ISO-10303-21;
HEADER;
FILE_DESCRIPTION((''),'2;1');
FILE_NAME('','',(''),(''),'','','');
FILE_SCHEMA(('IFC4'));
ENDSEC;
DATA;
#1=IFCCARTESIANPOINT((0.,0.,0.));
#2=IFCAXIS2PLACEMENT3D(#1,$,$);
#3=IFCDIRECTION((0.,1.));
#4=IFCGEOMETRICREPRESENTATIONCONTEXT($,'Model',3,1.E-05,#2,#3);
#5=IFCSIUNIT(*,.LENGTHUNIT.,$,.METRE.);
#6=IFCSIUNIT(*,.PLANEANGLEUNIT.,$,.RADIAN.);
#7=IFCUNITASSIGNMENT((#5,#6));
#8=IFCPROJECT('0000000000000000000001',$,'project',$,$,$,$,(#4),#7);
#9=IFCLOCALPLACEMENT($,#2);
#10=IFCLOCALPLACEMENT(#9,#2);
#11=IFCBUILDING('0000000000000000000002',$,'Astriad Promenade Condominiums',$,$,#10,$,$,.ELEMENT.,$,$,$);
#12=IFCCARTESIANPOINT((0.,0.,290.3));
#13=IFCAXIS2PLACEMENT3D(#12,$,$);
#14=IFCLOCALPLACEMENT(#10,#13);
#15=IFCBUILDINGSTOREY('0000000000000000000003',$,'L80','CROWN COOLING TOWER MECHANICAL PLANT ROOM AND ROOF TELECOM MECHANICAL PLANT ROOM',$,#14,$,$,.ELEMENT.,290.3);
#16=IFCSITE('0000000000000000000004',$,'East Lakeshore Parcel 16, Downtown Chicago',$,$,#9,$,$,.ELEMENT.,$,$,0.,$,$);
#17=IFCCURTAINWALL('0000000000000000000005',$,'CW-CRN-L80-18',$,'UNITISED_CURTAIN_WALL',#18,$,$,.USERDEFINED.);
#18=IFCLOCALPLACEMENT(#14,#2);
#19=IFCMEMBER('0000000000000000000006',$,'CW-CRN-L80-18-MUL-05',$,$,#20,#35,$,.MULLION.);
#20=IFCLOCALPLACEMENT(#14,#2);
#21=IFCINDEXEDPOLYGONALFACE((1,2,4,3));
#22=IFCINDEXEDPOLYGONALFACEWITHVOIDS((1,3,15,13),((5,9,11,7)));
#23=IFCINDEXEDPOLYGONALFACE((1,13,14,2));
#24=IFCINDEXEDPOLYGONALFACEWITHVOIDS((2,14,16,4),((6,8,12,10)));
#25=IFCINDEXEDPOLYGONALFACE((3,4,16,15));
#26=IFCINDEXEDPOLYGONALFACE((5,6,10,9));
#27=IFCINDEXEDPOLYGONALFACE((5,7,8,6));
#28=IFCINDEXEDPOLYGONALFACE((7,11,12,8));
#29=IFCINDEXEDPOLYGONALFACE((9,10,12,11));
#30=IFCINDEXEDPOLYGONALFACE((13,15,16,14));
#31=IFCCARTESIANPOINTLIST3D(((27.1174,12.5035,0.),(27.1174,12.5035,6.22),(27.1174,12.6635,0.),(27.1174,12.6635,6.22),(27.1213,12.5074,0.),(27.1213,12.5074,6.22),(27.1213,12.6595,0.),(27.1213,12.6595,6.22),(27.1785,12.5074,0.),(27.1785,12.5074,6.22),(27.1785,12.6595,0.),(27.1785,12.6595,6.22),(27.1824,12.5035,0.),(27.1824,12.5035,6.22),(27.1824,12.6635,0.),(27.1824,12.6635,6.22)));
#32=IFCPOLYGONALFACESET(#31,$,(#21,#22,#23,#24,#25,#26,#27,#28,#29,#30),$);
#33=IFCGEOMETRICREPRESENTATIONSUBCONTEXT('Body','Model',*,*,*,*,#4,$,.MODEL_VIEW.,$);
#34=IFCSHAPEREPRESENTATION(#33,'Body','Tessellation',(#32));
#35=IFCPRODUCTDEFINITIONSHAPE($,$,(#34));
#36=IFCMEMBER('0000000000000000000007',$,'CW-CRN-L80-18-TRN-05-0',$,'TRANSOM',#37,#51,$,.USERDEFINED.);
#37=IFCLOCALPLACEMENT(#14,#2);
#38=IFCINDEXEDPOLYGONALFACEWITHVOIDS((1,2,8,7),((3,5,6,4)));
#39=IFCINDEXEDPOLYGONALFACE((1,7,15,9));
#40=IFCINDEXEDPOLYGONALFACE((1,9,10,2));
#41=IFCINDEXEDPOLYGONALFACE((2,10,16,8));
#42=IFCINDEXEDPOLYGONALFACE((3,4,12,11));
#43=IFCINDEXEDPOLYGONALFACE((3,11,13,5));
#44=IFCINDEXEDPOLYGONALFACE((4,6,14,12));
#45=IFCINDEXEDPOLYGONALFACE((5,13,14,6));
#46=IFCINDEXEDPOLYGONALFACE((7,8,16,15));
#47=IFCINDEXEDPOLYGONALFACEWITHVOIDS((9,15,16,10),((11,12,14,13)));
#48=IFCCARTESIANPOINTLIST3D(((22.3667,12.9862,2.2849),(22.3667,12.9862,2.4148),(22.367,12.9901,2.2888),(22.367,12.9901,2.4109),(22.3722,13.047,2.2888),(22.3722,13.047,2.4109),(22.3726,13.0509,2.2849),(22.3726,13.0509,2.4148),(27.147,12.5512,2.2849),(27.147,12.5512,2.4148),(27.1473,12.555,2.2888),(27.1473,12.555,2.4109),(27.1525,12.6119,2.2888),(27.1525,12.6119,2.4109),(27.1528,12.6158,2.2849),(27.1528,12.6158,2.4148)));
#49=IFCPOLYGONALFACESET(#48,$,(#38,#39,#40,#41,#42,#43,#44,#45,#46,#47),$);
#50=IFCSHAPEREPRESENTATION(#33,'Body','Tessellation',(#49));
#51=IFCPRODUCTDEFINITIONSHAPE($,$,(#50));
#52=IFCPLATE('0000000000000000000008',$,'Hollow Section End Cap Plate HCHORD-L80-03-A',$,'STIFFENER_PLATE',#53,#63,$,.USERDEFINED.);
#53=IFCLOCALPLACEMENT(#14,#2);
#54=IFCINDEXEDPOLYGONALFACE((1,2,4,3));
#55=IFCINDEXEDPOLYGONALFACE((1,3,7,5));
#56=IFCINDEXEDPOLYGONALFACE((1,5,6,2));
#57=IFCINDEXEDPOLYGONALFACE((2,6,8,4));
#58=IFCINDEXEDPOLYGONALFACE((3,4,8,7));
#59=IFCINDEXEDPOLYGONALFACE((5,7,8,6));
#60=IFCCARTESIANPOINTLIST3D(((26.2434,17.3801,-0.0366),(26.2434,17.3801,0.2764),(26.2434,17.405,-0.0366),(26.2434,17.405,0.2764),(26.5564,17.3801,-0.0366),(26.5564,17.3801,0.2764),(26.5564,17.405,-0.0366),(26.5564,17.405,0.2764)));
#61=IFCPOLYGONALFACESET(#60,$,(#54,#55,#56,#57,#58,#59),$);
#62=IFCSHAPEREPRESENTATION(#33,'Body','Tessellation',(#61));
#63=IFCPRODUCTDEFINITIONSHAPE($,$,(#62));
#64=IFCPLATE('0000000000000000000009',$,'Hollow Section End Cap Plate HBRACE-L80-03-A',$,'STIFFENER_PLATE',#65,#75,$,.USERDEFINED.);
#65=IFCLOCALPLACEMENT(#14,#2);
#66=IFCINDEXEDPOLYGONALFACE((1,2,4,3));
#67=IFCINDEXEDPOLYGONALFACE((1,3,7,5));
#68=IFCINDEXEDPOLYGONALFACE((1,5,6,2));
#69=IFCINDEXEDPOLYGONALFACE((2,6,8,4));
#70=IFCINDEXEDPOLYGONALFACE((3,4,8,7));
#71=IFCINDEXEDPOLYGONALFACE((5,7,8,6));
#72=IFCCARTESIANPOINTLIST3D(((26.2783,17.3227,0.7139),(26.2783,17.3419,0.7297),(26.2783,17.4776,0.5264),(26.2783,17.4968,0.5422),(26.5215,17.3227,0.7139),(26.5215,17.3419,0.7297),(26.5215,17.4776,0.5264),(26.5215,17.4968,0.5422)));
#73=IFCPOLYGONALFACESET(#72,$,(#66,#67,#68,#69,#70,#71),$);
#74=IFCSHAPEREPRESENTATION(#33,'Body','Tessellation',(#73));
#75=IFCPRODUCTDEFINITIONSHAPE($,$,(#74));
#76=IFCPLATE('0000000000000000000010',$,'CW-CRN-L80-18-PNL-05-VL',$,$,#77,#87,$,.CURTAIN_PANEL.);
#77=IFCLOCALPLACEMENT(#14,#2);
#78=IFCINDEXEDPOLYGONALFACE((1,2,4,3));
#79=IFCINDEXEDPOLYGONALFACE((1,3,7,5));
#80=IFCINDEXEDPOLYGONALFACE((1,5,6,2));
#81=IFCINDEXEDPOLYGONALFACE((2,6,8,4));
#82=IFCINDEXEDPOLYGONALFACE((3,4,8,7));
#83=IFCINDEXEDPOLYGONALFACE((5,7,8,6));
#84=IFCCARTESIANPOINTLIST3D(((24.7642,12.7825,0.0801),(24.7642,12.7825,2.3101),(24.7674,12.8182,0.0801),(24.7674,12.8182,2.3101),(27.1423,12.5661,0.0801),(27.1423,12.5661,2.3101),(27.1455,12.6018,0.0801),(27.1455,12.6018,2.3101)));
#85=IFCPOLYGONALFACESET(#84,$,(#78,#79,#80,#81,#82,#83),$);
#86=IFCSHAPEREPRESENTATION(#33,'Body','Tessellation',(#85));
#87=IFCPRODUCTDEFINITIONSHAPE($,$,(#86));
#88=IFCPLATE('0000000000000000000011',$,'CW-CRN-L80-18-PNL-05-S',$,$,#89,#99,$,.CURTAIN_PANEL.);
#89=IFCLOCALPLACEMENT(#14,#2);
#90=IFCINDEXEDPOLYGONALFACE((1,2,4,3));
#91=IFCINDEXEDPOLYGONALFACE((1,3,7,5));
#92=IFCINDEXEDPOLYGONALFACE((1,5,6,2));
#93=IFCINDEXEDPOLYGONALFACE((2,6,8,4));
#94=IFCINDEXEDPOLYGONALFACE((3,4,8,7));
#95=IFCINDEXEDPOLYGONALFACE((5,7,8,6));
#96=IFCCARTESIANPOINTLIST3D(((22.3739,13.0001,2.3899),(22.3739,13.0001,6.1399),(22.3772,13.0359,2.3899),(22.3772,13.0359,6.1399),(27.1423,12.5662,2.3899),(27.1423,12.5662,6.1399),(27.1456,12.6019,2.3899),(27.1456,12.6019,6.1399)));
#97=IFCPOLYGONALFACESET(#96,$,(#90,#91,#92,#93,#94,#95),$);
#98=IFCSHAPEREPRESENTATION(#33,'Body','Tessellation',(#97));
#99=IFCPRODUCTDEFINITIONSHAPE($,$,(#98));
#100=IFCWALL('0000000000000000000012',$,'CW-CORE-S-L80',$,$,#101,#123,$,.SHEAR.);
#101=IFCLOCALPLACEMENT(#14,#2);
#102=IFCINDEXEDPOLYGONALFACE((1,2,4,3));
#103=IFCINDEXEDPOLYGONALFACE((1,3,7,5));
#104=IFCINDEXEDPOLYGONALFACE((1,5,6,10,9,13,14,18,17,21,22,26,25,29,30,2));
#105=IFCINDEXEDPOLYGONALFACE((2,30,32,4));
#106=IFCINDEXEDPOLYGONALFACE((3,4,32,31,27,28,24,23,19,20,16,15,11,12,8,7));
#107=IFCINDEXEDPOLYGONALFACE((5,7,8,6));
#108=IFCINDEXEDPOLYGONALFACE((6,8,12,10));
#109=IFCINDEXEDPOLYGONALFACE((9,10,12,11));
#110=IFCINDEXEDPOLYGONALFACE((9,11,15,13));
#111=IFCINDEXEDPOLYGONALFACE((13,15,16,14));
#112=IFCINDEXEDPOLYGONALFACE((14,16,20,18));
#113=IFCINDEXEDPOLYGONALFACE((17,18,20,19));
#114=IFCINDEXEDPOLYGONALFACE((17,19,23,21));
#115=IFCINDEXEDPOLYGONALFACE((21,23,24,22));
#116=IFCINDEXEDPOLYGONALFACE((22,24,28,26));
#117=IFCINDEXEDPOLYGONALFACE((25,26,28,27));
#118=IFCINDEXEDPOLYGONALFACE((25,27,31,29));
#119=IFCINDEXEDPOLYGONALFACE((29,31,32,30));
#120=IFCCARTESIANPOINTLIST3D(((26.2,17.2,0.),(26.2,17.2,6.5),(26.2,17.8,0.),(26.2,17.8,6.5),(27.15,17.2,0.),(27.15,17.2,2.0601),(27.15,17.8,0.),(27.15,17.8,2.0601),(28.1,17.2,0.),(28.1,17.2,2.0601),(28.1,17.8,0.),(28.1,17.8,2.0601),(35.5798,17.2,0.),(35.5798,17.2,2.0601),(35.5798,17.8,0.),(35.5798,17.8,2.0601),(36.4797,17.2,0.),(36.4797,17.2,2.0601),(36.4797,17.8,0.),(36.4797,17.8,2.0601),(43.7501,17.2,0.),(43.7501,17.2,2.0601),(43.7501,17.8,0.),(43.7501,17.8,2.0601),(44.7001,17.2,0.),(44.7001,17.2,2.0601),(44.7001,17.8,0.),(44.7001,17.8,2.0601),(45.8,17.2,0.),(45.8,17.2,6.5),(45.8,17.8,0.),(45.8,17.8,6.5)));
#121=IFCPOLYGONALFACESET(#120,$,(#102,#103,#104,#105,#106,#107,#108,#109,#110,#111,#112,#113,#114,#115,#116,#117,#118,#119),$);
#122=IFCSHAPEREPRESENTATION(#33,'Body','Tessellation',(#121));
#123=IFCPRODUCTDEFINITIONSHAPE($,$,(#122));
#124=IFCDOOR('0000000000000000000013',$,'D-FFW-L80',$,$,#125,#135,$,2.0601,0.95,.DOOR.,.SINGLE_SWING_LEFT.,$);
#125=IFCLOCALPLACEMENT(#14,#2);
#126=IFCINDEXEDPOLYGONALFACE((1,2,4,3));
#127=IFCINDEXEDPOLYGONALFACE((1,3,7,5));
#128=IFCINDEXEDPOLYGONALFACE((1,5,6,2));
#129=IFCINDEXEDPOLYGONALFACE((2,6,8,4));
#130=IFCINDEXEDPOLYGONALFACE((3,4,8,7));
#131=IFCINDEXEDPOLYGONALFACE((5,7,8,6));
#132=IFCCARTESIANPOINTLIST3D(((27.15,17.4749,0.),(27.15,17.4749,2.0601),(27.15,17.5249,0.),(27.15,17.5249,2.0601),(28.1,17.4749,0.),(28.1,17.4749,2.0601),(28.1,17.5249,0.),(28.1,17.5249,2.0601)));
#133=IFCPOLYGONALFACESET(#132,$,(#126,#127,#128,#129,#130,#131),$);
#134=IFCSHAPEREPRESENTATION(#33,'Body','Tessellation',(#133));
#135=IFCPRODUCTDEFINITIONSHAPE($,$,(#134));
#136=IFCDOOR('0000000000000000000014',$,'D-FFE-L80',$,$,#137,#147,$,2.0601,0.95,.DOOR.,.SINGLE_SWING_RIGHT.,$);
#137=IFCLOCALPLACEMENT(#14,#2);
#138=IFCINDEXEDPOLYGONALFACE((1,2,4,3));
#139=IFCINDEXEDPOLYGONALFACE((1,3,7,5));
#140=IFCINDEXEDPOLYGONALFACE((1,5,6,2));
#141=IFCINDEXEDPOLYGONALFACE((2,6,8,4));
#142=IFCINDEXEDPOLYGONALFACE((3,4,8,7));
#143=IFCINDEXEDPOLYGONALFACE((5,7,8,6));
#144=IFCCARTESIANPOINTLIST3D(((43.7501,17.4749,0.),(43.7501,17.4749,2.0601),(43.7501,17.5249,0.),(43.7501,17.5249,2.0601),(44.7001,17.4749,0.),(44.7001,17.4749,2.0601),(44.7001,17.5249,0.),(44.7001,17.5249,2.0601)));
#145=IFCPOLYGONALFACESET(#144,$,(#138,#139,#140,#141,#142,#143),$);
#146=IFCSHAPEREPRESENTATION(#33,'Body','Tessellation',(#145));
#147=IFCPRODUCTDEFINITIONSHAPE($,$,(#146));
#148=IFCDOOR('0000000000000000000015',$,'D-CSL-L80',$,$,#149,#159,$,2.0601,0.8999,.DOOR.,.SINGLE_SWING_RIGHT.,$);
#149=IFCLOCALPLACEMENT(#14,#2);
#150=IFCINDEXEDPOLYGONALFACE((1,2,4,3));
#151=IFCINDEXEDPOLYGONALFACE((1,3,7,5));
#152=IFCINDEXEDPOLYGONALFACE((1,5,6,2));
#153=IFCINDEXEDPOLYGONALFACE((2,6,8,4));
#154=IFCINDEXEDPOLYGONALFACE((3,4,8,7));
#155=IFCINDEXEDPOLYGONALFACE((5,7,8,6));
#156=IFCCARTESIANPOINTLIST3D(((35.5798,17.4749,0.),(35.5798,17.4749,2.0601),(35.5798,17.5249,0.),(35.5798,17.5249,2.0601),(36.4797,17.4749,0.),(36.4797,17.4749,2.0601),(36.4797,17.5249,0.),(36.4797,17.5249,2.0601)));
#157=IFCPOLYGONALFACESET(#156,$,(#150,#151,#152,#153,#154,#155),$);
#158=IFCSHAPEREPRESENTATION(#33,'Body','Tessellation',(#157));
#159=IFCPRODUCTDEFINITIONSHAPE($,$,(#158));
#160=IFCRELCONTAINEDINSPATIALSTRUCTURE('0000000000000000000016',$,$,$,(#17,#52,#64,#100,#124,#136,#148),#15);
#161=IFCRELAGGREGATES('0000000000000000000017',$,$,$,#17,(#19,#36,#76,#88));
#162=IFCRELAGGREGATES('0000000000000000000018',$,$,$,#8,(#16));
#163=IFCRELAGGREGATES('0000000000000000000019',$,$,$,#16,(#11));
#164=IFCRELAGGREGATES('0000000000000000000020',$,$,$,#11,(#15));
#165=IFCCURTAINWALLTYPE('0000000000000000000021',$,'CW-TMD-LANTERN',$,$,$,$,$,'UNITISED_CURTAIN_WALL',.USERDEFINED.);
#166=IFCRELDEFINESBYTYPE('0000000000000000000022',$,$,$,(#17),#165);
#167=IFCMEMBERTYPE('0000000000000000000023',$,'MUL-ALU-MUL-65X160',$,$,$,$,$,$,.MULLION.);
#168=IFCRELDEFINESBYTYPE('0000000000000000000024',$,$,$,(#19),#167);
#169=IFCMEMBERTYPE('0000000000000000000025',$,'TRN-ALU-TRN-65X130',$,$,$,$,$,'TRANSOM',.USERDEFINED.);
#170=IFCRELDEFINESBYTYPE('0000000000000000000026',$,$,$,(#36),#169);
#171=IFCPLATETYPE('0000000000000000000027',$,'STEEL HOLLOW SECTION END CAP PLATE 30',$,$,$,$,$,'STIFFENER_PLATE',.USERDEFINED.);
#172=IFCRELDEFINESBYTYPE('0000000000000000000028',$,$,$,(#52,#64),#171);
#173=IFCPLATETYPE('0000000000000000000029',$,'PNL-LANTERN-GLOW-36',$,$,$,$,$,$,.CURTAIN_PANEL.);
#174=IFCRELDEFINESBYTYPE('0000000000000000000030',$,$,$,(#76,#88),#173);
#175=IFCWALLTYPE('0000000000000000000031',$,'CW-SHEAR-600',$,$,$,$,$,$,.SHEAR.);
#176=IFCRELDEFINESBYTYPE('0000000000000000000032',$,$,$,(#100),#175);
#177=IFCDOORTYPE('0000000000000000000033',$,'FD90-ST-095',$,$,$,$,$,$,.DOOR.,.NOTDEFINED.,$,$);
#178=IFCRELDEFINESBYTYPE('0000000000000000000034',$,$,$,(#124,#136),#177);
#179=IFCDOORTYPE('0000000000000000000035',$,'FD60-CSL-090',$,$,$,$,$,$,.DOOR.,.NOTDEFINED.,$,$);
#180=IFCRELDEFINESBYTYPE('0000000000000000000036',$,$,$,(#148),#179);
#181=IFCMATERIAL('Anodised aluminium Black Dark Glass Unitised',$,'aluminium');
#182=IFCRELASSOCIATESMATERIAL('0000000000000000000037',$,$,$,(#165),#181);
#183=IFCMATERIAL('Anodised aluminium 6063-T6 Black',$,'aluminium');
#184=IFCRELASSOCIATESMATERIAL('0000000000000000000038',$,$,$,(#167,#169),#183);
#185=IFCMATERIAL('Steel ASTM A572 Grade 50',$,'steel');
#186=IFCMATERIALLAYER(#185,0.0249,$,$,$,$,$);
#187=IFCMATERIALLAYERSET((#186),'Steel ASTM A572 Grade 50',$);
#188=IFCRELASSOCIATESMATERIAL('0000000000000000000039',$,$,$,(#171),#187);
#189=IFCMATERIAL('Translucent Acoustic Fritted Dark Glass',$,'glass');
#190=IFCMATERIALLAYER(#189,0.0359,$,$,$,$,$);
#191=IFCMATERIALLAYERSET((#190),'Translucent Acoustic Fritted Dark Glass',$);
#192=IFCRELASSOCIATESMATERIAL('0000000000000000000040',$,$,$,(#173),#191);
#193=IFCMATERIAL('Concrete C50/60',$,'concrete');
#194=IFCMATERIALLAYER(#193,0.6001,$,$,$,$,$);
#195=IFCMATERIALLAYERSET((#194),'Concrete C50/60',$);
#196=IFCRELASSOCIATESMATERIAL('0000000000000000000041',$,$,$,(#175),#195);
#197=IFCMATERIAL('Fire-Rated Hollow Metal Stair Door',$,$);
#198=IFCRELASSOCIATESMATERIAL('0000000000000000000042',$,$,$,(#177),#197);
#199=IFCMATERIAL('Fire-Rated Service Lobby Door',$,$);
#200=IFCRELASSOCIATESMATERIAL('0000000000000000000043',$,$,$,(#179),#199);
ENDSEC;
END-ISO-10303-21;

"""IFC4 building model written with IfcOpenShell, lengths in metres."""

from ifc_helpers import new_model, si_unit, direction, frame, frame_2d, origin, origin_2d, place, context, subcontext, project, spatial, rectangle, hollow_rectangle, extrude, source, transform, mapped, material, layer, layer_set, material_profile, profile_set, type_object, type_shapes, element, fill, aggregate, save


model = new_model("IFC4")

# Units and contexts
model_context = context("Model", 3, precision=1e-05, world=origin(), true_north=direction((0.0, 1.0)))
body_context = subcontext(model_context, "Body", "Model", "MODEL_VIEW")
ifc_project = project(units=[si_unit("LENGTHUNIT", "METRE"), si_unit("PLANEANGLEUNIT", "RADIAN")], contexts=[model_context])

# Site, building, storey
site_placement = place(None, origin())
site = spatial("IfcSite", under=ifc_project, at=site_placement, Name="East Lakeshore Parcel 16, Downtown Chicago", CompositionType="ELEMENT", RefElevation=0.0)
building_placement = place(site_placement, origin())
building = spatial("IfcBuilding", under=site, at=building_placement, Name="Astriad Promenade Condominiums", CompositionType="ELEMENT")
storey_placement = place(building_placement, frame((0.0, 0.0, 290.3)))
storey = spatial("IfcBuildingStorey", under=building, at=storey_placement, Name="L80", Description="CROWN COOLING TOWER MECHANICAL PLANT ROOM AND ROOF TELECOM MECHANICAL PLANT ROOM", CompositionType="ELEMENT", Elevation=290.3)

# Curtain wall, members
ifc_material_1 = material(Name="Anodised aluminium Black Dark Glass Unitised", Category="aluminium")
curtain_wall_type = type_object("IfcCurtainWallType", Name="CW-TMD-LANTERN", ElementType="UNITISED_CURTAIN_WALL", PredefinedType="USERDEFINED", material=ifc_material_1)
curtain_wall_placement = place(storey_placement, origin())
curtain_wall = element("IfcCurtainWall", 1, at=curtain_wall_placement, inside=storey, type_object=curtain_wall_type, Name="CW-CRN-L80-18", ObjectType="UNITISED_CURTAIN_WALL", PredefinedType="USERDEFINED")
ifc_material_2 = material(Name="Anodised aluminium 6063-T6 Black", Category="aluminium")
ifc_material_profile_1 = material_profile(ifc_material_2, hollow_rectangle(XDim=0.0649, YDim=0.1599, WallThickness=0.0039, at=origin_2d()), Name="ALU-MUL-65X160")
ifc_profile_set_1 = profile_set([ifc_material_profile_1], Name="Anodised aluminium 6063-T6 Black")
member_type_1 = type_object("IfcMemberType", Name="MUL-ALU-MUL-65X160", PredefinedType="MULLION", material=ifc_profile_set_1)
shared_shape_1 = source(origin(), body_context, "Body", "SweptSolid", [
    extrude(hollow_rectangle(XDim=0.0649, YDim=0.1599, WallThickness=0.0039, at=origin_2d()), origin(), (0.0, 0.0, 1.0), 6.22),
])
type_shapes(member_type_1, [shared_shape_1])
member_1_placement = place(storey_placement, frame((27.1499, 12.5835, 0.0), z_axis=(0.0, 0.0, 1.0), x_axis=(1.0, 0.0, 0.0)))
member_1 = element("IfcMember", 2, at=member_1_placement, type_object=member_type_1, Name="CW-CRN-L80-18-MUL-05", PredefinedType="MULLION", context=body_context, shape_type="MappedRepresentation", body=[
    mapped(shared_shape_1, transform((0.0, 0.0, 0.0), scale=1.0)),
])
ifc_material_profile_2 = material_profile(ifc_material_2, hollow_rectangle(XDim=0.0649, YDim=0.1299, WallThickness=0.0039, at=origin_2d()), Name="ALU-TRN-65X130")
ifc_profile_set_2 = profile_set([ifc_material_profile_2], Name="Anodised aluminium 6063-T6 Black")
member_type_2 = type_object("IfcMemberType", Name="TRN-ALU-TRN-65X130", ElementType="TRANSOM", PredefinedType="USERDEFINED", material=ifc_profile_set_2)
shared_shape_2 = source(origin(), body_context, "Body", "SweptSolid", [
    extrude(hollow_rectangle(XDim=0.0649, YDim=0.1299, WallThickness=0.0039, at=origin_2d()), origin(), (0.0, 0.0, 1.0), 4.8),
])
type_shapes(member_type_2, [shared_shape_2])
member_2_placement = place(storey_placement, frame((27.1499, 12.5835, 2.3499), z_axis=(-0.995884, 0.090637, 0.0), x_axis=(-0.090637, -0.995884, 0.0)))
member_2 = element("IfcMember", 3, at=member_2_placement, type_object=member_type_2, Name="CW-CRN-L80-18-TRN-05-0", ObjectType="TRANSOM", PredefinedType="USERDEFINED", context=body_context, shape_type="MappedRepresentation", body=[
    mapped(shared_shape_2, transform((0.0, 0.0, 0.0), scale=1.0)),
])

# Plates
ifc_material_3 = material(Name="Steel ASTM A572 Grade 50", Category="steel")
ifc_layer_1 = layer(ifc_material_3, 0.0249)
ifc_layer_set_1 = layer_set([ifc_layer_1], Name="Steel ASTM A572 Grade 50")
plate_type_1 = type_object("IfcPlateType", Name="STEEL HOLLOW SECTION END CAP PLATE 30", ElementType="STIFFENER_PLATE", PredefinedType="USERDEFINED", material=ifc_layer_set_1)
shared_shape_3 = source(origin(), body_context, "Body", "SweptSolid", [
    extrude(rectangle(XDim=0.313, YDim=0.313, at=origin_2d()), origin(), (0.0, 0.0, 1.0), 0.0249),
])
plate_1_placement = place(storey_placement, frame((26.3999, 17.3801, 0.1199), z_axis=(0.0, 1.0, 0.0), x_axis=(-1.0, 0.0, 0.0)))
element("IfcPlate", 4, at=plate_1_placement, inside=storey, type_object=plate_type_1, Name="Hollow Section End Cap Plate HCHORD-L80-03-A", ObjectType="STIFFENER_PLATE", PredefinedType="USERDEFINED", context=body_context, shape_type="MappedRepresentation", body=[
    mapped(shared_shape_3, transform((0.0, 0.0, 0.0), scale=1.0)),
])
shared_shape_4 = source(origin(), body_context, "Body", "SweptSolid", [
    extrude(rectangle(XDim=0.2432, YDim=0.2432, at=origin_2d()), origin(), (0.0, 0.0, 1.0), 0.0249),
])
type_shapes(plate_type_1, [shared_shape_3, shared_shape_4])
plate_2_placement = place(storey_placement, frame((26.3999, 17.4001, 0.6201), z_axis=(0.0, 0.771082, 0.636736), x_axis=(-1.0, 0.0, 0.0)))
element("IfcPlate", 5, at=plate_2_placement, inside=storey, type_object=plate_type_1, Name="Hollow Section End Cap Plate HBRACE-L80-03-A", ObjectType="STIFFENER_PLATE", PredefinedType="USERDEFINED", context=body_context, shape_type="MappedRepresentation", body=[
    mapped(shared_shape_4, transform((0.0, 0.0, 0.0), scale=1.0)),
])

# Plates
ifc_material_4 = material(Name="Translucent Acoustic Fritted Dark Glass", Category="glass")
ifc_layer_2 = layer(ifc_material_4, 0.0359)
ifc_layer_set_2 = layer_set([ifc_layer_2], Name="Translucent Acoustic Fritted Dark Glass")
plate_type_2 = type_object("IfcPlateType", Name="PNL-LANTERN-GLOW-36", PredefinedType="CURTAIN_PANEL", material=ifc_layer_set_2)
shared_shape_5 = source(origin(), body_context, "Body", "SweptSolid", [
    extrude(rectangle(XDim=2.3879, YDim=0.0359, at=origin_2d()), origin(), (0.0, 0.0, 1.0), 2.23),
])
plate_3_placement = place(storey_placement, frame((25.9548, 12.6921, 0.0801), z_axis=(0.0, 0.0, 1.0), x_axis=(-0.995884, 0.090633, 0.0)))
plate_3 = element("IfcPlate", 6, at=plate_3_placement, type_object=plate_type_2, Name="CW-CRN-L80-18-PNL-05-VL", PredefinedType="CURTAIN_PANEL", context=body_context, shape_type="MappedRepresentation", body=[
    mapped(shared_shape_5, transform((0.0, 0.0, 0.0), scale=1.0)),
])
shared_shape_6 = source(origin(), body_context, "Body", "SweptSolid", [
    extrude(rectangle(XDim=4.7881, YDim=0.0359, at=origin_2d()), origin(), (0.0, 0.0, 1.0), 3.75),
])
type_shapes(plate_type_2, [shared_shape_5, shared_shape_6])
plate_4_placement = place(storey_placement, frame((24.7598, 12.801, 2.3899), z_axis=(0.0, 0.0, 1.0), x_axis=(-0.995884, 0.090633, 0.0)))
plate_4 = element("IfcPlate", 7, at=plate_4_placement, type_object=plate_type_2, Name="CW-CRN-L80-18-PNL-05-S", PredefinedType="CURTAIN_PANEL", context=body_context, shape_type="MappedRepresentation", body=[
    mapped(shared_shape_6, transform((0.0, 0.0, 0.0), scale=1.0)),
])
aggregate(curtain_wall, [member_1, member_2, plate_3, plate_4])

# Wall, openings, doors
ifc_material_5 = material(Name="Concrete C50/60", Category="concrete")
ifc_layer_3 = layer(ifc_material_5, 0.6001)
ifc_layer_set_3 = layer_set([ifc_layer_3], Name="Concrete C50/60")
wall_type_1 = type_object("IfcWallType", Name="CW-SHEAR-600", PredefinedType="SHEAR", material=ifc_layer_set_3)
wall_1_placement = place(storey_placement, frame((26.2, 17.5, 0.0), z_axis=(0.0, 0.0, 1.0), x_axis=(1.0, 0.0, 0.0)))
wall_1 = element("IfcWall", 8, at=wall_1_placement, inside=storey, type_object=wall_type_1, Name="CW-CORE-S-L80", PredefinedType="SHEAR", context=body_context, shape_type="SweptSolid", body=[
    extrude(rectangle(XDim=19.6001, YDim=0.6001, at=frame_2d((9.8, 0.0))), origin(), (0.0, 0.0, 1.0), 6.5),
])
opening_1_placement = place(wall_1_placement, frame((0.95, 0.0, 0.0)))
opening_1 = element("IfcOpeningElement", 9, at=opening_1_placement, cuts=wall_1, PredefinedType="OPENING", context=body_context, shape_type="SweptSolid", body=[
    extrude(rectangle(XDim=0.95, YDim=2.0601, at=frame_2d((0.4751, 1.03))), frame((0.0, 0.3101, 0.0), z_axis=(0.0, -1.0, 0.0), x_axis=(1.0, 0.0, 0.0)), (0.0, 0.0, 1.0), 0.6201),
])
opening_2_placement = place(wall_1_placement, frame((9.3799, 0.0, 0.0)))
opening_2 = element("IfcOpeningElement", 10, at=opening_2_placement, cuts=wall_1, PredefinedType="OPENING", context=body_context, shape_type="SweptSolid", body=[
    extrude(rectangle(XDim=0.8999, YDim=2.0601, at=frame_2d((0.45, 1.03))), frame((0.0, 0.3101, 0.0), z_axis=(0.0, -1.0, 0.0), x_axis=(1.0, 0.0, 0.0)), (0.0, 0.0, 1.0), 0.6201),
])
opening_3_placement = place(wall_1_placement, frame((17.55, 0.0, 0.0)))
opening_3 = element("IfcOpeningElement", 11, at=opening_3_placement, cuts=wall_1, PredefinedType="OPENING", context=body_context, shape_type="SweptSolid", body=[
    extrude(rectangle(XDim=0.95, YDim=2.0601, at=frame_2d((0.4751, 1.03))), frame((0.0, 0.3101, 0.0), z_axis=(0.0, -1.0, 0.0), x_axis=(1.0, 0.0, 0.0)), (0.0, 0.0, 1.0), 0.6201),
])
ifc_material_6 = material(Name="Fire-Rated Hollow Metal Stair Door")
door_type_1 = type_object("IfcDoorType", Name="FD90-ST-095", OperationType="NOTDEFINED", PredefinedType="DOOR", material=ifc_material_6)
shared_shape_7 = source(origin(), body_context, "Body", "SweptSolid", [
    extrude(rectangle(XDim=0.95, YDim=2.0601, at=frame_2d((0.4751, 1.03))), frame((0.0, 0.0249, 0.0), z_axis=(0.0, -1.0, 0.0), x_axis=(1.0, 0.0, 0.0)), (0.0, 0.0, 1.0), 0.05),
])
type_shapes(door_type_1, [shared_shape_7])
door_1_placement = place(opening_1_placement, origin())
door_1 = element("IfcDoor", 12, at=door_1_placement, inside=storey, type_object=door_type_1, Name="D-FFW-L80", OperationType="SINGLE_SWING_LEFT", OverallHeight=2.0601, OverallWidth=0.95, PredefinedType="DOOR", context=body_context, shape_type="MappedRepresentation", body=[
    mapped(shared_shape_7, transform((0.0, 0.0, 0.0), scale=1.0)),
])
fill(opening_1, door_1)
door_2_placement = place(opening_3_placement, origin())
door_2 = element("IfcDoor", 13, at=door_2_placement, inside=storey, type_object=door_type_1, Name="D-FFE-L80", OperationType="SINGLE_SWING_RIGHT", OverallHeight=2.0601, OverallWidth=0.95, PredefinedType="DOOR", context=body_context, shape_type="MappedRepresentation", body=[
    mapped(shared_shape_7, transform((0.0, 0.0, 0.0), scale=1.0)),
])
fill(opening_3, door_2)
ifc_material_7 = material(Name="Fire-Rated Service Lobby Door")
door_type_2 = type_object("IfcDoorType", Name="FD60-CSL-090", OperationType="NOTDEFINED", PredefinedType="DOOR", material=ifc_material_7)
shared_shape_8 = source(origin(), body_context, "Body", "SweptSolid", [
    extrude(rectangle(XDim=0.8999, YDim=2.0601, at=frame_2d((0.45, 1.03))), frame((0.0, 0.0249, 0.0), z_axis=(0.0, -1.0, 0.0), x_axis=(1.0, 0.0, 0.0)), (0.0, 0.0, 1.0), 0.05),
])
type_shapes(door_type_2, [shared_shape_8])
door_3_placement = place(opening_2_placement, origin())
door_3 = element("IfcDoor", 14, at=door_3_placement, inside=storey, type_object=door_type_2, Name="D-CSL-L80", OperationType="SINGLE_SWING_RIGHT", OverallHeight=2.0601, OverallWidth=0.8999, PredefinedType="DOOR", context=body_context, shape_type="MappedRepresentation", body=[
    mapped(shared_shape_8, transform((0.0, 0.0, 0.0), scale=1.0)),
])
fill(opening_2, door_3)

save(model, "model.ifc")
